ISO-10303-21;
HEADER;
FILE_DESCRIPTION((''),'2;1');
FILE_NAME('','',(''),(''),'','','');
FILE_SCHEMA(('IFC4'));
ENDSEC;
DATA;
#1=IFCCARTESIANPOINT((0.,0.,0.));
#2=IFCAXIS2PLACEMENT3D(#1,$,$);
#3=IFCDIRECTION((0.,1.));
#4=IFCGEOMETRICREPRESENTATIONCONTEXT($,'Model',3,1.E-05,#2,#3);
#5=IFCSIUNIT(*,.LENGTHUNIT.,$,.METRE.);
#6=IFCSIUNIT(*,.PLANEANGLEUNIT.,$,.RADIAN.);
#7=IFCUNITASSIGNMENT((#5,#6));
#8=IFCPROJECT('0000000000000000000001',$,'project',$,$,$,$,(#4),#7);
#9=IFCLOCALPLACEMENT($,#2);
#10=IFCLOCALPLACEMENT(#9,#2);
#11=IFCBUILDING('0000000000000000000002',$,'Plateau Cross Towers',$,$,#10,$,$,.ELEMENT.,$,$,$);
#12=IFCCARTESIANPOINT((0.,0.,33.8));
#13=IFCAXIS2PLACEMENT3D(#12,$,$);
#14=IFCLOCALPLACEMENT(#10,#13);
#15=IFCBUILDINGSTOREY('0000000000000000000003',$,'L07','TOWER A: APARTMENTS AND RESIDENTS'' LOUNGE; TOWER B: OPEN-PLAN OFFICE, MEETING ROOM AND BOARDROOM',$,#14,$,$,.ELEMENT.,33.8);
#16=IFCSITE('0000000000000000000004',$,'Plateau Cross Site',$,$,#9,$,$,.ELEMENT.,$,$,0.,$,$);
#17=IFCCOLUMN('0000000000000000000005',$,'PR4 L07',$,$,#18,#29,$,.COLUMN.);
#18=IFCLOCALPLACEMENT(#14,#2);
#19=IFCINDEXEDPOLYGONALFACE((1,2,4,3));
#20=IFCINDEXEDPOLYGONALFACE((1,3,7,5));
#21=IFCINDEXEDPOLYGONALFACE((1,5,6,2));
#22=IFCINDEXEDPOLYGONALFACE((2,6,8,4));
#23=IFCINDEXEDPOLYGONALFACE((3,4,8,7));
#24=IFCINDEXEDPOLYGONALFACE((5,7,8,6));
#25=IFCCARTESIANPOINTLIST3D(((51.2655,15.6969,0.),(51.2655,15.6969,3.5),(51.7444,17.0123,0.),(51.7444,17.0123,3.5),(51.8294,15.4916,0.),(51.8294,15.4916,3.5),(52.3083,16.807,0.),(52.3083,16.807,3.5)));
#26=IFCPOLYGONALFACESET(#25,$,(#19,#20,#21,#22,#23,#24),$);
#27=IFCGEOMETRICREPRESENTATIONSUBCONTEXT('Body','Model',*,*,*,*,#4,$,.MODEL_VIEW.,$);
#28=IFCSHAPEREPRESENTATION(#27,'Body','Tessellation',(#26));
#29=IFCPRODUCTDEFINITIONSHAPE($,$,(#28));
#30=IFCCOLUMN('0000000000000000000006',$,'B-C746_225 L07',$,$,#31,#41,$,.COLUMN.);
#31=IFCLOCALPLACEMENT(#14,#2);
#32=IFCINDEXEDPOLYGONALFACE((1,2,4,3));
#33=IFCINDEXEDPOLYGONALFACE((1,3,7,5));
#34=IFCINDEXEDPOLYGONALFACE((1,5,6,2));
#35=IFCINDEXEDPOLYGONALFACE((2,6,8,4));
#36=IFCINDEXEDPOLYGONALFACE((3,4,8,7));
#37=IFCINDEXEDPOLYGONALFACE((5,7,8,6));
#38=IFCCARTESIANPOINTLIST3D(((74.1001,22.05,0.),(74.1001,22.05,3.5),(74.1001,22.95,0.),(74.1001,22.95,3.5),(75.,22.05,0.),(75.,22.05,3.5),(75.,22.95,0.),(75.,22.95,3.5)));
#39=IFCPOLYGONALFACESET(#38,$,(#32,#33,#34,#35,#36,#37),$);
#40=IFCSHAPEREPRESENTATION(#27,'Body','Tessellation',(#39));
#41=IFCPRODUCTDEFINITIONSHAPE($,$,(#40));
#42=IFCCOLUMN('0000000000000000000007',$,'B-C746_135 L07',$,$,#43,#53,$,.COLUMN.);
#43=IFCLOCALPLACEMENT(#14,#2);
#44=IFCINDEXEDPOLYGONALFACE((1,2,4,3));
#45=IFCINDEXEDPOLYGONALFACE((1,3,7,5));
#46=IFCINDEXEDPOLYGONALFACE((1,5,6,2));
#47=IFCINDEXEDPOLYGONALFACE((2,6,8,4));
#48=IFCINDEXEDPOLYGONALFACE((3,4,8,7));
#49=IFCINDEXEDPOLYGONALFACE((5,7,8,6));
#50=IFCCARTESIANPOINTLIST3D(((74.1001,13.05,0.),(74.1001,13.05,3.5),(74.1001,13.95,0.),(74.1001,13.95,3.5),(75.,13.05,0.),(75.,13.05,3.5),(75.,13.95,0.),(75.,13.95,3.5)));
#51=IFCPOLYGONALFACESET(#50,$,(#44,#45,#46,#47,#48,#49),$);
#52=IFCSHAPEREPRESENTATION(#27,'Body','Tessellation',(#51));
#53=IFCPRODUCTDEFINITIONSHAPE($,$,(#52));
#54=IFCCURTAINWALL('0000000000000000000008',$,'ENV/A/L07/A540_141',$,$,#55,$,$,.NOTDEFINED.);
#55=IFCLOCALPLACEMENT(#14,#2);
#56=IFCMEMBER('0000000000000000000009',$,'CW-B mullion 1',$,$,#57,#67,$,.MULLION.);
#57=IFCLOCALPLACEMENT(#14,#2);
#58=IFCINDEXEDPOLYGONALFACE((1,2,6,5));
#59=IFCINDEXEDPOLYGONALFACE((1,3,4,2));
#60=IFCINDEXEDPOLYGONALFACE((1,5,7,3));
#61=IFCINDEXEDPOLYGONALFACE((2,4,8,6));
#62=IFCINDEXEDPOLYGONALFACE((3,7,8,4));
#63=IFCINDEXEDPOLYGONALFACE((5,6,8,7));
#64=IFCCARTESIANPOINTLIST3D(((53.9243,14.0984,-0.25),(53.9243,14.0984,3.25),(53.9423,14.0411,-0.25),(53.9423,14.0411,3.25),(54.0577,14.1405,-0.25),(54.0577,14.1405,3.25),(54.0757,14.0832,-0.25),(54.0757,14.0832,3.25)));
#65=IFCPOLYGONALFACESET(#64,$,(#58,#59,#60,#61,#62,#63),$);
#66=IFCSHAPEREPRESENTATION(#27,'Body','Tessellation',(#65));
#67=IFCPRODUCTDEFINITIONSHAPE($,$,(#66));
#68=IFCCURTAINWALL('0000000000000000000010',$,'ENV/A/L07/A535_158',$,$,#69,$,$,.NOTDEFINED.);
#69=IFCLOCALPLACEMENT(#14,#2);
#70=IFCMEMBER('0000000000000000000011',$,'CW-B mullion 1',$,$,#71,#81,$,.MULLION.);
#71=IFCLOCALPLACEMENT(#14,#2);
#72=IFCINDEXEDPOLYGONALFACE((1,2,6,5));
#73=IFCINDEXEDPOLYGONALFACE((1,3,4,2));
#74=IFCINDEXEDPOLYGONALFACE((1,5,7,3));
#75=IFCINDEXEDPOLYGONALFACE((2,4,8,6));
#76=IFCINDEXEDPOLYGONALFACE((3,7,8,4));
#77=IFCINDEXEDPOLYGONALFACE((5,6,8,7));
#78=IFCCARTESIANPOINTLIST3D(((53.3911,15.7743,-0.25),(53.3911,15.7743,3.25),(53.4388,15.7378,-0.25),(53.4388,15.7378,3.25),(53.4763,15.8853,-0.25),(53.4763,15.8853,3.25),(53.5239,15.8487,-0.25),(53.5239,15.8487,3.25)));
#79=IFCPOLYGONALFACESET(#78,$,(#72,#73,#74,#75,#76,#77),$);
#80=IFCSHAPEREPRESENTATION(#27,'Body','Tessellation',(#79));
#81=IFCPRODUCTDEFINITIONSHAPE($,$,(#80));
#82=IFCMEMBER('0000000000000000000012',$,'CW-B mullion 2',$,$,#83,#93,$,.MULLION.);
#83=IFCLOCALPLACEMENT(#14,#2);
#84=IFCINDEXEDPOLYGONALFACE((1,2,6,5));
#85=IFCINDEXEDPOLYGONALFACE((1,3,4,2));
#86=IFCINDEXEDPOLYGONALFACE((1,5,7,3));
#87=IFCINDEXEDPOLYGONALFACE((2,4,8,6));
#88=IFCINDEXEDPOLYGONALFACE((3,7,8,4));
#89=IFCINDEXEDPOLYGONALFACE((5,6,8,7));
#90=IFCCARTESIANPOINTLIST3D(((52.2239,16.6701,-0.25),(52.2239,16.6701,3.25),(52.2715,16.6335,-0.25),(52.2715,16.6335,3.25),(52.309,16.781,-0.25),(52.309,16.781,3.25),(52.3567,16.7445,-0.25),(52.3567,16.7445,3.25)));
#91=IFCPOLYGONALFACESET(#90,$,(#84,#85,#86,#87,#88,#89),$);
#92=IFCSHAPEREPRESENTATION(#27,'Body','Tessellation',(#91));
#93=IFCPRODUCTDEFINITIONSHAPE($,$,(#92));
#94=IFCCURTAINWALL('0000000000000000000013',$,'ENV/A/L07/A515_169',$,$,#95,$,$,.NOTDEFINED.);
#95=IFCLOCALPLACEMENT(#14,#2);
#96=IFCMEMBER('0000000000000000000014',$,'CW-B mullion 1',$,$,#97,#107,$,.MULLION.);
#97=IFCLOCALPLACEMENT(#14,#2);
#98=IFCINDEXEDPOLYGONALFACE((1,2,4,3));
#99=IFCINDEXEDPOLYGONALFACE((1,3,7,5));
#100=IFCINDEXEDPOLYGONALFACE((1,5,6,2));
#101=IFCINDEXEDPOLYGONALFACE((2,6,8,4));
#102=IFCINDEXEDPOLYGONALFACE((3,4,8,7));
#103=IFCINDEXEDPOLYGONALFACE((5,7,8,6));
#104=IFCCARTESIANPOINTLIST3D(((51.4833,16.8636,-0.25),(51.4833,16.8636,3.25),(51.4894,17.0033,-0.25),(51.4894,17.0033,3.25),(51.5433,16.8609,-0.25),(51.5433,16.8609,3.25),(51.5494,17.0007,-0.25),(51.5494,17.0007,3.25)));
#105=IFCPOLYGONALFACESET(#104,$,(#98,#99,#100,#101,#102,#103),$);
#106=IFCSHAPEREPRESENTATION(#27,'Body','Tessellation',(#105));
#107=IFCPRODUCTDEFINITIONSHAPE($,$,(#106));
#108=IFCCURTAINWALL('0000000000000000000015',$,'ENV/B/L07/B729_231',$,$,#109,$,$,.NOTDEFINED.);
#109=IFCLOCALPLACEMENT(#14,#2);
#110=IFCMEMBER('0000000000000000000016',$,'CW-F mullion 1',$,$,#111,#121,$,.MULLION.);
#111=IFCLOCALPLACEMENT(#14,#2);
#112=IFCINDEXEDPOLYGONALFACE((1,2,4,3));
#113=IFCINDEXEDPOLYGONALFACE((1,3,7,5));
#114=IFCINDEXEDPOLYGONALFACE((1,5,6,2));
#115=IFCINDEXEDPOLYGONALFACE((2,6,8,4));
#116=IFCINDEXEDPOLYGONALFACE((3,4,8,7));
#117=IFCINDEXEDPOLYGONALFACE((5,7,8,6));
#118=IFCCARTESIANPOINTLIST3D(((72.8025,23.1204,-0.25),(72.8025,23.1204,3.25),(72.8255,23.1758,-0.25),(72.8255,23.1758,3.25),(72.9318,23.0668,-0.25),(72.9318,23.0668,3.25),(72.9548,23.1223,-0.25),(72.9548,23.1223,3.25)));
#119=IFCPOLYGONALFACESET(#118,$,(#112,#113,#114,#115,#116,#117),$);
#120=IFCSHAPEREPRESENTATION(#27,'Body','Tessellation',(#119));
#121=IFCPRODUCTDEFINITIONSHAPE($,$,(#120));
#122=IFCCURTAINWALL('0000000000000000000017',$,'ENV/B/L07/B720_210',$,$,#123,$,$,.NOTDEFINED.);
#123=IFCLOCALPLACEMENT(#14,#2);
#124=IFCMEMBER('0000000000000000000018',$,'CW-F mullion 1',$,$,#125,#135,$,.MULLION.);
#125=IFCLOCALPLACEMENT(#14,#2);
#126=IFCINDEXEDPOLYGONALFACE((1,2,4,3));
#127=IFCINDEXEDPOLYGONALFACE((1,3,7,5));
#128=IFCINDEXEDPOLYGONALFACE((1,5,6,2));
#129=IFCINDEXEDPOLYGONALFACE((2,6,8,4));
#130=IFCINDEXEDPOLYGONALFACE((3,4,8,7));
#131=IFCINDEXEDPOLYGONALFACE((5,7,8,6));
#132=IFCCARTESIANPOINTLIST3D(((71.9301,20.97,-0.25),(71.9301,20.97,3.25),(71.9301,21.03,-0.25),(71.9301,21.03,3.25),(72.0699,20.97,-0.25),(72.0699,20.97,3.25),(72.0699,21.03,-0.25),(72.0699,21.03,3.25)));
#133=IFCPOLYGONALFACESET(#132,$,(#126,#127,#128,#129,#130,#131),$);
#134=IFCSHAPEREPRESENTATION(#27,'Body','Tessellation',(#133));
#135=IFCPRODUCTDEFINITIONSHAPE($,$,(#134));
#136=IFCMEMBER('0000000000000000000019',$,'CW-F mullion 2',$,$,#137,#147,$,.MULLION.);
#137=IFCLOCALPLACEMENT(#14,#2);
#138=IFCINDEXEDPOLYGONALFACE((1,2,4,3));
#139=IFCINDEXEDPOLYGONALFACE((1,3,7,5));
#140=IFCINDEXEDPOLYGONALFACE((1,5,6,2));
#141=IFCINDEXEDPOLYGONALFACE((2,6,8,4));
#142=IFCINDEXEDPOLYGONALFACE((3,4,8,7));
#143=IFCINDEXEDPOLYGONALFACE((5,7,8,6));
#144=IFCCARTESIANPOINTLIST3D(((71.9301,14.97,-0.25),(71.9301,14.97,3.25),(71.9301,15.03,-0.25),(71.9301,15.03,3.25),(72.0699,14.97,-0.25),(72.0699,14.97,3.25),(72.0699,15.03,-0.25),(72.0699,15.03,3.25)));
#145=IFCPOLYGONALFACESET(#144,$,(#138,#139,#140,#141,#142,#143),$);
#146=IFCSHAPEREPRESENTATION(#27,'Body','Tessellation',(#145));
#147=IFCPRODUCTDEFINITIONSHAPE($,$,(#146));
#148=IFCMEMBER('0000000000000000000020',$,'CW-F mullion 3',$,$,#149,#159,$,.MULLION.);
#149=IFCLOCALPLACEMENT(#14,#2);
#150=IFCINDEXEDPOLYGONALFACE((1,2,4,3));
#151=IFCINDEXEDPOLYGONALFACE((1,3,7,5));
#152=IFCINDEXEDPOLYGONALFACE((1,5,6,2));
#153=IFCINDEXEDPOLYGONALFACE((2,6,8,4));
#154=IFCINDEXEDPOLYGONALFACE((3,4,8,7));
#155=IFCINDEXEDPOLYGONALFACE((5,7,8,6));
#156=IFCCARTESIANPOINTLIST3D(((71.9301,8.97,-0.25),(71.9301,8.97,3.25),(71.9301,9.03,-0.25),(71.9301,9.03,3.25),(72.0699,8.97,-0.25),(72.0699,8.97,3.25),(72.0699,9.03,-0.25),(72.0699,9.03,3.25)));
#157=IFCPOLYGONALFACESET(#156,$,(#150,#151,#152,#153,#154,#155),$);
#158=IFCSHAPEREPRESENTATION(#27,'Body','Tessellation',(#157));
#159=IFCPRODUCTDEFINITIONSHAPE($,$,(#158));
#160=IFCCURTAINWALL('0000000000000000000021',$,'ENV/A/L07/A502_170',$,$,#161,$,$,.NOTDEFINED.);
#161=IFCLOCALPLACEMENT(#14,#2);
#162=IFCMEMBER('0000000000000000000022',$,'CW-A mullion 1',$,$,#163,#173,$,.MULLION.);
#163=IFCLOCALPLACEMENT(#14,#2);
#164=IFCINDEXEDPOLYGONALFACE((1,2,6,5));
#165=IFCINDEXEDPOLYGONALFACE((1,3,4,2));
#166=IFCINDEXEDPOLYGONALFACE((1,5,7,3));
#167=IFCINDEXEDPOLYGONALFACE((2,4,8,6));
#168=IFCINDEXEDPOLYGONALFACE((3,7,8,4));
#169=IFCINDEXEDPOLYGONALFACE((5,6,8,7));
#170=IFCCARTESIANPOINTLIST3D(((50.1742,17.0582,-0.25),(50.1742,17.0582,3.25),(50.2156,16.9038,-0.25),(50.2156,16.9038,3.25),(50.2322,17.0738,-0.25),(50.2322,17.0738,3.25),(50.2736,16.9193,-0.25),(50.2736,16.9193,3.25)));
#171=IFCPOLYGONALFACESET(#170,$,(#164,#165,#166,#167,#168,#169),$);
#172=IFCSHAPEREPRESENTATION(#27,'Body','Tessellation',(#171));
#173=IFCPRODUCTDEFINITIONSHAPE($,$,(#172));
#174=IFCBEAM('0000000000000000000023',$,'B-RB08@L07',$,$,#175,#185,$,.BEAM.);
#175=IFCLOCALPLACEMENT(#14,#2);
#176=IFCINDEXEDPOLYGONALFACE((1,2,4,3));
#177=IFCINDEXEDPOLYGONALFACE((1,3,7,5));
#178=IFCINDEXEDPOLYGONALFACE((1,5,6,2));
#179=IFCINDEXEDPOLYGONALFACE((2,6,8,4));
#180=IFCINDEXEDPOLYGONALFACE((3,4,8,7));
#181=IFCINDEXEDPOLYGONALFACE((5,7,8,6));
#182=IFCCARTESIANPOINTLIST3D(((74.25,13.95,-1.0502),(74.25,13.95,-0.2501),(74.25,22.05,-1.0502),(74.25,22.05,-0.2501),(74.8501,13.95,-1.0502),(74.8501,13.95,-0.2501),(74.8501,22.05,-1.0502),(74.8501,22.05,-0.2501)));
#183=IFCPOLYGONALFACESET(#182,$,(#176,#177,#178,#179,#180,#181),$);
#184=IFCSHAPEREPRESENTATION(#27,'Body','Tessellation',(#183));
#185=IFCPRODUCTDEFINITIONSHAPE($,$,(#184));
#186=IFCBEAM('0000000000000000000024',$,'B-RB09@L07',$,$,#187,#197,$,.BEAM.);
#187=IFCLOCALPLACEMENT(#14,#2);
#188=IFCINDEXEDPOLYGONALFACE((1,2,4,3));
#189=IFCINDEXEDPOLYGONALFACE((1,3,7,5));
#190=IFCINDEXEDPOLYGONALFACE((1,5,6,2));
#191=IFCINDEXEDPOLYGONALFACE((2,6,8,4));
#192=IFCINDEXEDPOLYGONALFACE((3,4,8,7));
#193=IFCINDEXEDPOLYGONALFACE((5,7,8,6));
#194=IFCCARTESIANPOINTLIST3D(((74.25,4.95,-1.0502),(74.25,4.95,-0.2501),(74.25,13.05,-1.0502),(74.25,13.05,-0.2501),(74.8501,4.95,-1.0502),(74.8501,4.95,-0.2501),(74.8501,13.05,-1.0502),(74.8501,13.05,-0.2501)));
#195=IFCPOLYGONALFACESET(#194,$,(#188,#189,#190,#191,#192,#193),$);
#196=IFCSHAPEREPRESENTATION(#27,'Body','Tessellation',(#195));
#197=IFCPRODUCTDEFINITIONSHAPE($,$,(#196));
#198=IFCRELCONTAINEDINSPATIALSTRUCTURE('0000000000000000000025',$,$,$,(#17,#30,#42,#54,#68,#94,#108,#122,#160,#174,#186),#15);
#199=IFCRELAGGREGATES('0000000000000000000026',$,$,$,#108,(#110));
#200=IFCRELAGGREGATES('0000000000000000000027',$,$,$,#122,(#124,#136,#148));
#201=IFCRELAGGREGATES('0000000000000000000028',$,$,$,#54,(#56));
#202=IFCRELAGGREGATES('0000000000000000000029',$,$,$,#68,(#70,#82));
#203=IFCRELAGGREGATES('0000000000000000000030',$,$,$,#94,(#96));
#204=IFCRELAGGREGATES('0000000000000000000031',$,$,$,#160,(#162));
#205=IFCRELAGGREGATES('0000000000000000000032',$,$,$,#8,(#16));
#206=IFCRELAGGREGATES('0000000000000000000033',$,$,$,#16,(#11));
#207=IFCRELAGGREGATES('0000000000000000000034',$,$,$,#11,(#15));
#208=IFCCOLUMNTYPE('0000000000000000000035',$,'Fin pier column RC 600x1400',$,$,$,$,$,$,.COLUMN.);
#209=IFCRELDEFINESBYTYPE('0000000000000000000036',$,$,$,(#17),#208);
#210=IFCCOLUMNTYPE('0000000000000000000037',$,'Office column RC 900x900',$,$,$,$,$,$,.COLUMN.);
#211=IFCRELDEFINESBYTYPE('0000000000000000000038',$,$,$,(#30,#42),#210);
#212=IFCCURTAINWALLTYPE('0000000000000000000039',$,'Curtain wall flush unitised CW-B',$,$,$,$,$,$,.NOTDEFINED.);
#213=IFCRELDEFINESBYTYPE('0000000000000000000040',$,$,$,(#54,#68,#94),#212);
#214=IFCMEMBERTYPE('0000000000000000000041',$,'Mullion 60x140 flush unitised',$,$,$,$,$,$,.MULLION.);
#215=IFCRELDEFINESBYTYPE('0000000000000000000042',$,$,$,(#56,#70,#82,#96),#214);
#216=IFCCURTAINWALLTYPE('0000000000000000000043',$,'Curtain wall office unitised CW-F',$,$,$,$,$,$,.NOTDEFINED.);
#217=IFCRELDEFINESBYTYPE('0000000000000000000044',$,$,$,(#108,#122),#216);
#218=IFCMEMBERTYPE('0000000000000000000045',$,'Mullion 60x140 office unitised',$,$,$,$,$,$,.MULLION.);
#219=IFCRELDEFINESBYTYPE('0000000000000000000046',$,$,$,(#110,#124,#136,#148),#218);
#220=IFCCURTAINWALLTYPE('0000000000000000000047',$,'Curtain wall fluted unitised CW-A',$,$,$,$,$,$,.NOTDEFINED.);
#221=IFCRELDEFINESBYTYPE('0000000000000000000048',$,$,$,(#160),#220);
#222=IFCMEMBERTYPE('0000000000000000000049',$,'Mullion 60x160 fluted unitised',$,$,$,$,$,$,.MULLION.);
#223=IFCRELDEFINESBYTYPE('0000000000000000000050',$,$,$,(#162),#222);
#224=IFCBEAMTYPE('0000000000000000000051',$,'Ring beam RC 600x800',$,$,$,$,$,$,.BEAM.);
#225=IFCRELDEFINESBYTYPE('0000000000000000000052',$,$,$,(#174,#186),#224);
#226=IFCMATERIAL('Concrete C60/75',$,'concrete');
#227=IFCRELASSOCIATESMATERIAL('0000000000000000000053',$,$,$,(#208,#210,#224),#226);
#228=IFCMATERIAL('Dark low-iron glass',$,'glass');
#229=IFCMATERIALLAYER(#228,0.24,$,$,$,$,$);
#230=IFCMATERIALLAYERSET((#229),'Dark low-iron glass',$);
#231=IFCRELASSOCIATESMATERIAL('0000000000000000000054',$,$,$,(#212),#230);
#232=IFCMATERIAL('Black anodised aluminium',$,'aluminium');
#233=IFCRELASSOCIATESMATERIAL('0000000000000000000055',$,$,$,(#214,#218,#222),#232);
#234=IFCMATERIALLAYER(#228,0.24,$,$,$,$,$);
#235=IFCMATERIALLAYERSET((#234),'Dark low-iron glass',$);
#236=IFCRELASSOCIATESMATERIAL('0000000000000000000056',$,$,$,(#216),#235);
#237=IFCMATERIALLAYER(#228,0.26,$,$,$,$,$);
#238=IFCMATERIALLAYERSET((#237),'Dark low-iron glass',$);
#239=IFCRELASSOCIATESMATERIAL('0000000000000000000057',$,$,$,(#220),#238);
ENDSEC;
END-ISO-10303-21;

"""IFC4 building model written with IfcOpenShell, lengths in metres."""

from ifc_helpers import new_model, si_unit, direction, frame, origin, origin_2d, place, context, subcontext, project, spatial, rectangle, extrude, material, layer, layer_set, material_profile, profile_set, type_object, element, aggregate, save


model = new_model("IFC4")

# Units and contexts
model_context = context("Model", 3, precision=1e-05, world=origin(), true_north=direction((0.0, 1.0)))
body_context = subcontext(model_context, "Body", "Model", "MODEL_VIEW")
ifc_project = project(units=[si_unit("LENGTHUNIT", "METRE"), si_unit("PLANEANGLEUNIT", "RADIAN")], contexts=[model_context])

# Site, building, storey
site_placement = place(None, origin())
site = spatial("IfcSite", under=ifc_project, at=site_placement, Name="Plateau Cross Site", CompositionType="ELEMENT", RefElevation=0.0)
building_placement = place(site_placement, origin())
building = spatial("IfcBuilding", under=site, at=building_placement, Name="Plateau Cross Towers", CompositionType="ELEMENT")
storey_placement = place(building_placement, frame((0.0, 0.0, 33.8)))
storey = spatial("IfcBuildingStorey", under=building, at=storey_placement, Name="L07", Description="TOWER A: APARTMENTS AND RESIDENTS' LOUNGE; TOWER B: OPEN-PLAN OFFICE, MEETING ROOM AND BOARDROOM", CompositionType="ELEMENT", Elevation=33.8)

# Columns
ifc_material_1 = material(Name="Concrete C60/75", Category="concrete")
ifc_material_profile_1 = material_profile(ifc_material_1, rectangle(XDim=0.6001, YDim=1.3999, at=origin_2d()), Name="RC 600x1400")
ifc_profile_set_1 = profile_set([ifc_material_profile_1], Name="Concrete C60/75")
column_type_1 = type_object("IfcColumnType", Name="Fin pier column RC 600x1400", PredefinedType="COLUMN", material=ifc_profile_set_1)
column_placement = place(storey_placement, frame((51.7869, 16.252, 0.0), z_axis=(0.0, 0.0, 1.0), x_axis=(-0.939664, 0.342098, 0.0)))
element("IfcColumn", 1, at=column_placement, inside=storey, type_object=column_type_1, Name="PR4 L07", PredefinedType="COLUMN", context=body_context, shape_type="SweptSolid", body=[
    extrude(rectangle(XDim=0.6001, YDim=1.3999, at=origin_2d()), origin(), (0.0, 0.0, 1.0), 3.5),
])
ifc_material_profile_2 = material_profile(ifc_material_1, rectangle(XDim=0.8999, YDim=0.8999, at=origin_2d()), Name="RC 900x900")
ifc_profile_set_2 = profile_set([ifc_material_profile_2], Name="Concrete C60/75")
column_type_2 = type_object("IfcColumnType", Name="Office column RC 900x900", PredefinedType="COLUMN", material=ifc_profile_set_2)
for number, where, z_axis, x_axis, name in (
    (2, (74.55, 22.5, 0.0), (0.0, 0.0, 1.0), (1.0, 0.0, 0.0), "B-C746_225 L07"),
    (3, (74.55, 13.5, 0.0), (0.0, 0.0, 1.0), (1.0, 0.0, 0.0), "B-C746_135 L07"),
):
    element("IfcColumn", number, at=place(storey_placement, frame(where, z_axis=z_axis, x_axis=x_axis)), inside=storey, type_object=column_type_2, Name=name, PredefinedType="COLUMN", context=body_context, shape_type="SweptSolid", body=[
        extrude(rectangle(XDim=0.8999, YDim=0.8999, at=origin_2d()), origin(), (0.0, 0.0, 1.0), 3.5),
    ])

# Curtain wall, member
ifc_material_2 = material(Name="Dark low-iron glass", Category="glass")
ifc_layer_1 = layer(ifc_material_2, 0.24)
ifc_layer_set_1 = layer_set([ifc_layer_1], Name="Dark low-iron glass")
curtain_wall_type_1 = type_object("IfcCurtainWallType", Name="Curtain wall flush unitised CW-B", PredefinedType="NOTDEFINED", material=ifc_layer_set_1)
curtain_wall_1_placement = place(storey_placement, origin())
curtain_wall_1 = element("IfcCurtainWall", 4, at=curtain_wall_1_placement, inside=storey, type_object=curtain_wall_type_1, Name="ENV/A/L07/A540_141", PredefinedType="NOTDEFINED")
ifc_material_3 = material(Name="Black anodised aluminium", Category="aluminium")
ifc_material_profile_3 = material_profile(ifc_material_3, rectangle(XDim=0.0601, YDim=0.1399, at=origin_2d()), Name="MULLION 60x140")
ifc_profile_set_3 = profile_set([ifc_material_profile_3], Name="Black anodised aluminium")
member_type_1 = type_object("IfcMemberType", Name="Mullion 60x140 flush unitised", PredefinedType="MULLION", material=ifc_profile_set_3)
member_1_placement = place(storey_placement, frame((54.0, 14.0908, -0.25), z_axis=(0.0, 0.0, 1.0), x_axis=(-0.300686, 0.953723, 0.0)))
member_1 = element("IfcMember", 5, at=member_1_placement, type_object=member_type_1, Name="CW-B mullion 1", PredefinedType="MULLION", context=body_context, shape_type="SweptSolid", body=[
    extrude(rectangle(XDim=0.0601, YDim=0.1399, at=origin_2d()), origin(), (0.0, 0.0, 1.0), 3.5),
])

# Curtain wall, members
curtain_wall_2_placement = place(storey_placement, origin())
curtain_wall_2 = element("IfcCurtainWall", 6, at=curtain_wall_2_placement, inside=storey, type_object=curtain_wall_type_1, Name="ENV/A/L07/A535_158", PredefinedType="NOTDEFINED")
member_2_placement = place(storey_placement, frame((53.4575, 15.8115, -0.25), z_axis=(0.0, 0.0, 1.0), x_axis=(-0.793316, 0.608811, 0.0)))
member_2 = element("IfcMember", 7, at=member_2_placement, type_object=member_type_1, Name="CW-B mullion 1", PredefinedType="MULLION", context=body_context, shape_type="SweptSolid", body=[
    extrude(rectangle(XDim=0.0601, YDim=0.1399, at=origin_2d()), origin(), (0.0, 0.0, 1.0), 3.5),
])
member_3_placement = place(storey_placement, frame((52.2903, 16.7073, -0.25), z_axis=(0.0, 0.0, 1.0), x_axis=(-0.793316, 0.608811, 0.0)))
member_3 = element("IfcMember", 8, at=member_3_placement, type_object=member_type_1, Name="CW-B mullion 2", PredefinedType="MULLION", context=body_context, shape_type="SweptSolid", body=[
    extrude(rectangle(XDim=0.0601, YDim=0.1399, at=origin_2d()), origin(), (0.0, 0.0, 1.0), 3.5),
])

# Curtain walls, members
curtain_wall_3_placement = place(storey_placement, origin())
curtain_wall_3 = element("IfcCurtainWall", 9, at=curtain_wall_3_placement, inside=storey, type_object=curtain_wall_type_1, Name="ENV/A/L07/A515_169", PredefinedType="NOTDEFINED")
member_4_placement = place(storey_placement, frame((51.5164, 16.9321, -0.25), z_axis=(0.0, 0.0, 1.0), x_axis=(-0.999044, 0.043723, 0.0)))
member_4 = element("IfcMember", 10, at=member_4_placement, type_object=member_type_1, Name="CW-B mullion 1", PredefinedType="MULLION", context=body_context, shape_type="SweptSolid", body=[
    extrude(rectangle(XDim=0.0601, YDim=0.1399, at=origin_2d()), origin(), (0.0, 0.0, 1.0), 3.5),
])
ifc_layer_2 = layer(ifc_material_2, 0.24)
ifc_layer_set_2 = layer_set([ifc_layer_2], Name="Dark low-iron glass")
curtain_wall_type_2 = type_object("IfcCurtainWallType", Name="Curtain wall office unitised CW-F", PredefinedType="NOTDEFINED", material=ifc_layer_set_2)
curtain_wall_4_placement = place(storey_placement, origin())
curtain_wall_4 = element("IfcCurtainWall", 11, at=curtain_wall_4_placement, inside=storey, type_object=curtain_wall_type_2, Name="ENV/B/L07/B729_231", PredefinedType="NOTDEFINED")
ifc_material_profile_4 = material_profile(ifc_material_3, rectangle(XDim=0.0601, YDim=0.1399, at=origin_2d()), Name="MULLION 60x140")
ifc_profile_set_4 = profile_set([ifc_material_profile_4], Name="Black anodised aluminium")
member_type_2 = type_object("IfcMemberType", Name="Mullion 60x140 office unitised", PredefinedType="MULLION", material=ifc_profile_set_4)
member_5_placement = place(storey_placement, frame((72.8787, 23.1213, -0.25), z_axis=(0.0, 0.0, 1.0), x_axis=(-0.382684, -0.923879, 0.0)))
member_5 = element("IfcMember", 12, at=member_5_placement, type_object=member_type_2, Name="CW-F mullion 1", PredefinedType="MULLION", context=body_context, shape_type="SweptSolid", body=[
    extrude(rectangle(XDim=0.0601, YDim=0.1399, at=origin_2d()), origin(), (0.0, 0.0, 1.0), 3.5),
])

# Curtain wall, members
curtain_wall_5_placement = place(storey_placement, origin())
curtain_wall_5 = element("IfcCurtainWall", 13, at=curtain_wall_5_placement, inside=storey, type_object=curtain_wall_type_2, Name="ENV/B/L07/B720_210", PredefinedType="NOTDEFINED")
member_6_placement = place(storey_placement, frame((72.0, 21.0, -0.25), z_axis=(0.0, 0.0, 1.0), x_axis=(0.0, -1.0, 0.0)))
member_6 = element("IfcMember", 14, at=member_6_placement, type_object=member_type_2, Name="CW-F mullion 1", PredefinedType="MULLION", context=body_context, shape_type="SweptSolid", body=[
    extrude(rectangle(XDim=0.0601, YDim=0.1399, at=origin_2d()), origin(), (0.0, 0.0, 1.0), 3.5),
])
member_7_placement = place(storey_placement, frame((72.0, 15.0, -0.25), z_axis=(0.0, 0.0, 1.0), x_axis=(0.0, -1.0, 0.0)))
member_7 = element("IfcMember", 15, at=member_7_placement, type_object=member_type_2, Name="CW-F mullion 2", PredefinedType="MULLION", context=body_context, shape_type="SweptSolid", body=[
    extrude(rectangle(XDim=0.0601, YDim=0.1399, at=origin_2d()), origin(), (0.0, 0.0, 1.0), 3.5),
])
member_8_placement = place(storey_placement, frame((72.0, 9.0, -0.25), z_axis=(0.0, 0.0, 1.0), x_axis=(0.0, -1.0, 0.0)))
member_8 = element("IfcMember", 16, at=member_8_placement, type_object=member_type_2, Name="CW-F mullion 3", PredefinedType="MULLION", context=body_context, shape_type="SweptSolid", body=[
    extrude(rectangle(XDim=0.0601, YDim=0.1399, at=origin_2d()), origin(), (0.0, 0.0, 1.0), 3.5),
])

# Curtain wall, member
ifc_layer_3 = layer(ifc_material_2, 0.26)
ifc_layer_set_3 = layer_set([ifc_layer_3], Name="Dark low-iron glass")
curtain_wall_type_3 = type_object("IfcCurtainWallType", Name="Curtain wall fluted unitised CW-A", PredefinedType="NOTDEFINED", material=ifc_layer_set_3)
curtain_wall_6_placement = place(storey_placement, origin())
curtain_wall_6 = element("IfcCurtainWall", 17, at=curtain_wall_6_placement, inside=storey, type_object=curtain_wall_type_3, Name="ENV/A/L07/A502_170", PredefinedType="NOTDEFINED")
ifc_material_profile_5 = material_profile(ifc_material_3, rectangle(XDim=0.0601, YDim=0.1599, at=origin_2d()), Name="MULLION 60x160")
ifc_profile_set_5 = profile_set([ifc_material_profile_5], Name="Black anodised aluminium")
member_type_3 = type_object("IfcMemberType", Name="Mullion 60x160 fluted unitised", PredefinedType="MULLION", material=ifc_profile_set_5)
member_9_placement = place(storey_placement, frame((50.2239, 16.9888, -0.25), z_axis=(0.0, 0.0, 1.0), x_axis=(-0.965958, -0.258699, 0.0)))
member_9 = element("IfcMember", 18, at=member_9_placement, type_object=member_type_3, Name="CW-A mullion 1", PredefinedType="MULLION", context=body_context, shape_type="SweptSolid", body=[
    extrude(rectangle(XDim=0.0601, YDim=0.1599, at=origin_2d()), origin(), (0.0, 0.0, 1.0), 3.5),
])

# Beams
ifc_material_profile_6 = material_profile(ifc_material_1, rectangle(XDim=0.6001, YDim=0.8, at=origin_2d()), Name="RC 600x800")
ifc_profile_set_6 = profile_set([ifc_material_profile_6], Name="Concrete C60/75")
beam_type = type_object("IfcBeamType", Name="Ring beam RC 600x800", PredefinedType="BEAM", material=ifc_profile_set_6)
for number, where, z_axis, x_axis, name in (
    (19, (74.55, 22.05, -0.6501), (0.0, -1.0, 0.0), (1.0, 0.0, 0.0), "B-RB08@L07"),
    (20, (74.55, 13.05, -0.6501), (0.0, -1.0, 0.0), (1.0, 0.0, 0.0), "B-RB09@L07"),
):
    element("IfcBeam", number, at=place(storey_placement, frame(where, z_axis=z_axis, x_axis=x_axis)), inside=storey, type_object=beam_type, Name=name, PredefinedType="BEAM", context=body_context, shape_type="SweptSolid", body=[
        extrude(rectangle(XDim=0.6001, YDim=0.8, at=origin_2d()), origin(), (0.0, 0.0, 1.0), 8.1001),
    ])

aggregate(curtain_wall_4, [member_5])
aggregate(curtain_wall_5, [member_6, member_7, member_8])

aggregate(curtain_wall_1, [member_1])
aggregate(curtain_wall_2, [member_2, member_3])
aggregate(curtain_wall_3, [member_4])
aggregate(curtain_wall_6, [member_9])

save(model, "model.ifc")
